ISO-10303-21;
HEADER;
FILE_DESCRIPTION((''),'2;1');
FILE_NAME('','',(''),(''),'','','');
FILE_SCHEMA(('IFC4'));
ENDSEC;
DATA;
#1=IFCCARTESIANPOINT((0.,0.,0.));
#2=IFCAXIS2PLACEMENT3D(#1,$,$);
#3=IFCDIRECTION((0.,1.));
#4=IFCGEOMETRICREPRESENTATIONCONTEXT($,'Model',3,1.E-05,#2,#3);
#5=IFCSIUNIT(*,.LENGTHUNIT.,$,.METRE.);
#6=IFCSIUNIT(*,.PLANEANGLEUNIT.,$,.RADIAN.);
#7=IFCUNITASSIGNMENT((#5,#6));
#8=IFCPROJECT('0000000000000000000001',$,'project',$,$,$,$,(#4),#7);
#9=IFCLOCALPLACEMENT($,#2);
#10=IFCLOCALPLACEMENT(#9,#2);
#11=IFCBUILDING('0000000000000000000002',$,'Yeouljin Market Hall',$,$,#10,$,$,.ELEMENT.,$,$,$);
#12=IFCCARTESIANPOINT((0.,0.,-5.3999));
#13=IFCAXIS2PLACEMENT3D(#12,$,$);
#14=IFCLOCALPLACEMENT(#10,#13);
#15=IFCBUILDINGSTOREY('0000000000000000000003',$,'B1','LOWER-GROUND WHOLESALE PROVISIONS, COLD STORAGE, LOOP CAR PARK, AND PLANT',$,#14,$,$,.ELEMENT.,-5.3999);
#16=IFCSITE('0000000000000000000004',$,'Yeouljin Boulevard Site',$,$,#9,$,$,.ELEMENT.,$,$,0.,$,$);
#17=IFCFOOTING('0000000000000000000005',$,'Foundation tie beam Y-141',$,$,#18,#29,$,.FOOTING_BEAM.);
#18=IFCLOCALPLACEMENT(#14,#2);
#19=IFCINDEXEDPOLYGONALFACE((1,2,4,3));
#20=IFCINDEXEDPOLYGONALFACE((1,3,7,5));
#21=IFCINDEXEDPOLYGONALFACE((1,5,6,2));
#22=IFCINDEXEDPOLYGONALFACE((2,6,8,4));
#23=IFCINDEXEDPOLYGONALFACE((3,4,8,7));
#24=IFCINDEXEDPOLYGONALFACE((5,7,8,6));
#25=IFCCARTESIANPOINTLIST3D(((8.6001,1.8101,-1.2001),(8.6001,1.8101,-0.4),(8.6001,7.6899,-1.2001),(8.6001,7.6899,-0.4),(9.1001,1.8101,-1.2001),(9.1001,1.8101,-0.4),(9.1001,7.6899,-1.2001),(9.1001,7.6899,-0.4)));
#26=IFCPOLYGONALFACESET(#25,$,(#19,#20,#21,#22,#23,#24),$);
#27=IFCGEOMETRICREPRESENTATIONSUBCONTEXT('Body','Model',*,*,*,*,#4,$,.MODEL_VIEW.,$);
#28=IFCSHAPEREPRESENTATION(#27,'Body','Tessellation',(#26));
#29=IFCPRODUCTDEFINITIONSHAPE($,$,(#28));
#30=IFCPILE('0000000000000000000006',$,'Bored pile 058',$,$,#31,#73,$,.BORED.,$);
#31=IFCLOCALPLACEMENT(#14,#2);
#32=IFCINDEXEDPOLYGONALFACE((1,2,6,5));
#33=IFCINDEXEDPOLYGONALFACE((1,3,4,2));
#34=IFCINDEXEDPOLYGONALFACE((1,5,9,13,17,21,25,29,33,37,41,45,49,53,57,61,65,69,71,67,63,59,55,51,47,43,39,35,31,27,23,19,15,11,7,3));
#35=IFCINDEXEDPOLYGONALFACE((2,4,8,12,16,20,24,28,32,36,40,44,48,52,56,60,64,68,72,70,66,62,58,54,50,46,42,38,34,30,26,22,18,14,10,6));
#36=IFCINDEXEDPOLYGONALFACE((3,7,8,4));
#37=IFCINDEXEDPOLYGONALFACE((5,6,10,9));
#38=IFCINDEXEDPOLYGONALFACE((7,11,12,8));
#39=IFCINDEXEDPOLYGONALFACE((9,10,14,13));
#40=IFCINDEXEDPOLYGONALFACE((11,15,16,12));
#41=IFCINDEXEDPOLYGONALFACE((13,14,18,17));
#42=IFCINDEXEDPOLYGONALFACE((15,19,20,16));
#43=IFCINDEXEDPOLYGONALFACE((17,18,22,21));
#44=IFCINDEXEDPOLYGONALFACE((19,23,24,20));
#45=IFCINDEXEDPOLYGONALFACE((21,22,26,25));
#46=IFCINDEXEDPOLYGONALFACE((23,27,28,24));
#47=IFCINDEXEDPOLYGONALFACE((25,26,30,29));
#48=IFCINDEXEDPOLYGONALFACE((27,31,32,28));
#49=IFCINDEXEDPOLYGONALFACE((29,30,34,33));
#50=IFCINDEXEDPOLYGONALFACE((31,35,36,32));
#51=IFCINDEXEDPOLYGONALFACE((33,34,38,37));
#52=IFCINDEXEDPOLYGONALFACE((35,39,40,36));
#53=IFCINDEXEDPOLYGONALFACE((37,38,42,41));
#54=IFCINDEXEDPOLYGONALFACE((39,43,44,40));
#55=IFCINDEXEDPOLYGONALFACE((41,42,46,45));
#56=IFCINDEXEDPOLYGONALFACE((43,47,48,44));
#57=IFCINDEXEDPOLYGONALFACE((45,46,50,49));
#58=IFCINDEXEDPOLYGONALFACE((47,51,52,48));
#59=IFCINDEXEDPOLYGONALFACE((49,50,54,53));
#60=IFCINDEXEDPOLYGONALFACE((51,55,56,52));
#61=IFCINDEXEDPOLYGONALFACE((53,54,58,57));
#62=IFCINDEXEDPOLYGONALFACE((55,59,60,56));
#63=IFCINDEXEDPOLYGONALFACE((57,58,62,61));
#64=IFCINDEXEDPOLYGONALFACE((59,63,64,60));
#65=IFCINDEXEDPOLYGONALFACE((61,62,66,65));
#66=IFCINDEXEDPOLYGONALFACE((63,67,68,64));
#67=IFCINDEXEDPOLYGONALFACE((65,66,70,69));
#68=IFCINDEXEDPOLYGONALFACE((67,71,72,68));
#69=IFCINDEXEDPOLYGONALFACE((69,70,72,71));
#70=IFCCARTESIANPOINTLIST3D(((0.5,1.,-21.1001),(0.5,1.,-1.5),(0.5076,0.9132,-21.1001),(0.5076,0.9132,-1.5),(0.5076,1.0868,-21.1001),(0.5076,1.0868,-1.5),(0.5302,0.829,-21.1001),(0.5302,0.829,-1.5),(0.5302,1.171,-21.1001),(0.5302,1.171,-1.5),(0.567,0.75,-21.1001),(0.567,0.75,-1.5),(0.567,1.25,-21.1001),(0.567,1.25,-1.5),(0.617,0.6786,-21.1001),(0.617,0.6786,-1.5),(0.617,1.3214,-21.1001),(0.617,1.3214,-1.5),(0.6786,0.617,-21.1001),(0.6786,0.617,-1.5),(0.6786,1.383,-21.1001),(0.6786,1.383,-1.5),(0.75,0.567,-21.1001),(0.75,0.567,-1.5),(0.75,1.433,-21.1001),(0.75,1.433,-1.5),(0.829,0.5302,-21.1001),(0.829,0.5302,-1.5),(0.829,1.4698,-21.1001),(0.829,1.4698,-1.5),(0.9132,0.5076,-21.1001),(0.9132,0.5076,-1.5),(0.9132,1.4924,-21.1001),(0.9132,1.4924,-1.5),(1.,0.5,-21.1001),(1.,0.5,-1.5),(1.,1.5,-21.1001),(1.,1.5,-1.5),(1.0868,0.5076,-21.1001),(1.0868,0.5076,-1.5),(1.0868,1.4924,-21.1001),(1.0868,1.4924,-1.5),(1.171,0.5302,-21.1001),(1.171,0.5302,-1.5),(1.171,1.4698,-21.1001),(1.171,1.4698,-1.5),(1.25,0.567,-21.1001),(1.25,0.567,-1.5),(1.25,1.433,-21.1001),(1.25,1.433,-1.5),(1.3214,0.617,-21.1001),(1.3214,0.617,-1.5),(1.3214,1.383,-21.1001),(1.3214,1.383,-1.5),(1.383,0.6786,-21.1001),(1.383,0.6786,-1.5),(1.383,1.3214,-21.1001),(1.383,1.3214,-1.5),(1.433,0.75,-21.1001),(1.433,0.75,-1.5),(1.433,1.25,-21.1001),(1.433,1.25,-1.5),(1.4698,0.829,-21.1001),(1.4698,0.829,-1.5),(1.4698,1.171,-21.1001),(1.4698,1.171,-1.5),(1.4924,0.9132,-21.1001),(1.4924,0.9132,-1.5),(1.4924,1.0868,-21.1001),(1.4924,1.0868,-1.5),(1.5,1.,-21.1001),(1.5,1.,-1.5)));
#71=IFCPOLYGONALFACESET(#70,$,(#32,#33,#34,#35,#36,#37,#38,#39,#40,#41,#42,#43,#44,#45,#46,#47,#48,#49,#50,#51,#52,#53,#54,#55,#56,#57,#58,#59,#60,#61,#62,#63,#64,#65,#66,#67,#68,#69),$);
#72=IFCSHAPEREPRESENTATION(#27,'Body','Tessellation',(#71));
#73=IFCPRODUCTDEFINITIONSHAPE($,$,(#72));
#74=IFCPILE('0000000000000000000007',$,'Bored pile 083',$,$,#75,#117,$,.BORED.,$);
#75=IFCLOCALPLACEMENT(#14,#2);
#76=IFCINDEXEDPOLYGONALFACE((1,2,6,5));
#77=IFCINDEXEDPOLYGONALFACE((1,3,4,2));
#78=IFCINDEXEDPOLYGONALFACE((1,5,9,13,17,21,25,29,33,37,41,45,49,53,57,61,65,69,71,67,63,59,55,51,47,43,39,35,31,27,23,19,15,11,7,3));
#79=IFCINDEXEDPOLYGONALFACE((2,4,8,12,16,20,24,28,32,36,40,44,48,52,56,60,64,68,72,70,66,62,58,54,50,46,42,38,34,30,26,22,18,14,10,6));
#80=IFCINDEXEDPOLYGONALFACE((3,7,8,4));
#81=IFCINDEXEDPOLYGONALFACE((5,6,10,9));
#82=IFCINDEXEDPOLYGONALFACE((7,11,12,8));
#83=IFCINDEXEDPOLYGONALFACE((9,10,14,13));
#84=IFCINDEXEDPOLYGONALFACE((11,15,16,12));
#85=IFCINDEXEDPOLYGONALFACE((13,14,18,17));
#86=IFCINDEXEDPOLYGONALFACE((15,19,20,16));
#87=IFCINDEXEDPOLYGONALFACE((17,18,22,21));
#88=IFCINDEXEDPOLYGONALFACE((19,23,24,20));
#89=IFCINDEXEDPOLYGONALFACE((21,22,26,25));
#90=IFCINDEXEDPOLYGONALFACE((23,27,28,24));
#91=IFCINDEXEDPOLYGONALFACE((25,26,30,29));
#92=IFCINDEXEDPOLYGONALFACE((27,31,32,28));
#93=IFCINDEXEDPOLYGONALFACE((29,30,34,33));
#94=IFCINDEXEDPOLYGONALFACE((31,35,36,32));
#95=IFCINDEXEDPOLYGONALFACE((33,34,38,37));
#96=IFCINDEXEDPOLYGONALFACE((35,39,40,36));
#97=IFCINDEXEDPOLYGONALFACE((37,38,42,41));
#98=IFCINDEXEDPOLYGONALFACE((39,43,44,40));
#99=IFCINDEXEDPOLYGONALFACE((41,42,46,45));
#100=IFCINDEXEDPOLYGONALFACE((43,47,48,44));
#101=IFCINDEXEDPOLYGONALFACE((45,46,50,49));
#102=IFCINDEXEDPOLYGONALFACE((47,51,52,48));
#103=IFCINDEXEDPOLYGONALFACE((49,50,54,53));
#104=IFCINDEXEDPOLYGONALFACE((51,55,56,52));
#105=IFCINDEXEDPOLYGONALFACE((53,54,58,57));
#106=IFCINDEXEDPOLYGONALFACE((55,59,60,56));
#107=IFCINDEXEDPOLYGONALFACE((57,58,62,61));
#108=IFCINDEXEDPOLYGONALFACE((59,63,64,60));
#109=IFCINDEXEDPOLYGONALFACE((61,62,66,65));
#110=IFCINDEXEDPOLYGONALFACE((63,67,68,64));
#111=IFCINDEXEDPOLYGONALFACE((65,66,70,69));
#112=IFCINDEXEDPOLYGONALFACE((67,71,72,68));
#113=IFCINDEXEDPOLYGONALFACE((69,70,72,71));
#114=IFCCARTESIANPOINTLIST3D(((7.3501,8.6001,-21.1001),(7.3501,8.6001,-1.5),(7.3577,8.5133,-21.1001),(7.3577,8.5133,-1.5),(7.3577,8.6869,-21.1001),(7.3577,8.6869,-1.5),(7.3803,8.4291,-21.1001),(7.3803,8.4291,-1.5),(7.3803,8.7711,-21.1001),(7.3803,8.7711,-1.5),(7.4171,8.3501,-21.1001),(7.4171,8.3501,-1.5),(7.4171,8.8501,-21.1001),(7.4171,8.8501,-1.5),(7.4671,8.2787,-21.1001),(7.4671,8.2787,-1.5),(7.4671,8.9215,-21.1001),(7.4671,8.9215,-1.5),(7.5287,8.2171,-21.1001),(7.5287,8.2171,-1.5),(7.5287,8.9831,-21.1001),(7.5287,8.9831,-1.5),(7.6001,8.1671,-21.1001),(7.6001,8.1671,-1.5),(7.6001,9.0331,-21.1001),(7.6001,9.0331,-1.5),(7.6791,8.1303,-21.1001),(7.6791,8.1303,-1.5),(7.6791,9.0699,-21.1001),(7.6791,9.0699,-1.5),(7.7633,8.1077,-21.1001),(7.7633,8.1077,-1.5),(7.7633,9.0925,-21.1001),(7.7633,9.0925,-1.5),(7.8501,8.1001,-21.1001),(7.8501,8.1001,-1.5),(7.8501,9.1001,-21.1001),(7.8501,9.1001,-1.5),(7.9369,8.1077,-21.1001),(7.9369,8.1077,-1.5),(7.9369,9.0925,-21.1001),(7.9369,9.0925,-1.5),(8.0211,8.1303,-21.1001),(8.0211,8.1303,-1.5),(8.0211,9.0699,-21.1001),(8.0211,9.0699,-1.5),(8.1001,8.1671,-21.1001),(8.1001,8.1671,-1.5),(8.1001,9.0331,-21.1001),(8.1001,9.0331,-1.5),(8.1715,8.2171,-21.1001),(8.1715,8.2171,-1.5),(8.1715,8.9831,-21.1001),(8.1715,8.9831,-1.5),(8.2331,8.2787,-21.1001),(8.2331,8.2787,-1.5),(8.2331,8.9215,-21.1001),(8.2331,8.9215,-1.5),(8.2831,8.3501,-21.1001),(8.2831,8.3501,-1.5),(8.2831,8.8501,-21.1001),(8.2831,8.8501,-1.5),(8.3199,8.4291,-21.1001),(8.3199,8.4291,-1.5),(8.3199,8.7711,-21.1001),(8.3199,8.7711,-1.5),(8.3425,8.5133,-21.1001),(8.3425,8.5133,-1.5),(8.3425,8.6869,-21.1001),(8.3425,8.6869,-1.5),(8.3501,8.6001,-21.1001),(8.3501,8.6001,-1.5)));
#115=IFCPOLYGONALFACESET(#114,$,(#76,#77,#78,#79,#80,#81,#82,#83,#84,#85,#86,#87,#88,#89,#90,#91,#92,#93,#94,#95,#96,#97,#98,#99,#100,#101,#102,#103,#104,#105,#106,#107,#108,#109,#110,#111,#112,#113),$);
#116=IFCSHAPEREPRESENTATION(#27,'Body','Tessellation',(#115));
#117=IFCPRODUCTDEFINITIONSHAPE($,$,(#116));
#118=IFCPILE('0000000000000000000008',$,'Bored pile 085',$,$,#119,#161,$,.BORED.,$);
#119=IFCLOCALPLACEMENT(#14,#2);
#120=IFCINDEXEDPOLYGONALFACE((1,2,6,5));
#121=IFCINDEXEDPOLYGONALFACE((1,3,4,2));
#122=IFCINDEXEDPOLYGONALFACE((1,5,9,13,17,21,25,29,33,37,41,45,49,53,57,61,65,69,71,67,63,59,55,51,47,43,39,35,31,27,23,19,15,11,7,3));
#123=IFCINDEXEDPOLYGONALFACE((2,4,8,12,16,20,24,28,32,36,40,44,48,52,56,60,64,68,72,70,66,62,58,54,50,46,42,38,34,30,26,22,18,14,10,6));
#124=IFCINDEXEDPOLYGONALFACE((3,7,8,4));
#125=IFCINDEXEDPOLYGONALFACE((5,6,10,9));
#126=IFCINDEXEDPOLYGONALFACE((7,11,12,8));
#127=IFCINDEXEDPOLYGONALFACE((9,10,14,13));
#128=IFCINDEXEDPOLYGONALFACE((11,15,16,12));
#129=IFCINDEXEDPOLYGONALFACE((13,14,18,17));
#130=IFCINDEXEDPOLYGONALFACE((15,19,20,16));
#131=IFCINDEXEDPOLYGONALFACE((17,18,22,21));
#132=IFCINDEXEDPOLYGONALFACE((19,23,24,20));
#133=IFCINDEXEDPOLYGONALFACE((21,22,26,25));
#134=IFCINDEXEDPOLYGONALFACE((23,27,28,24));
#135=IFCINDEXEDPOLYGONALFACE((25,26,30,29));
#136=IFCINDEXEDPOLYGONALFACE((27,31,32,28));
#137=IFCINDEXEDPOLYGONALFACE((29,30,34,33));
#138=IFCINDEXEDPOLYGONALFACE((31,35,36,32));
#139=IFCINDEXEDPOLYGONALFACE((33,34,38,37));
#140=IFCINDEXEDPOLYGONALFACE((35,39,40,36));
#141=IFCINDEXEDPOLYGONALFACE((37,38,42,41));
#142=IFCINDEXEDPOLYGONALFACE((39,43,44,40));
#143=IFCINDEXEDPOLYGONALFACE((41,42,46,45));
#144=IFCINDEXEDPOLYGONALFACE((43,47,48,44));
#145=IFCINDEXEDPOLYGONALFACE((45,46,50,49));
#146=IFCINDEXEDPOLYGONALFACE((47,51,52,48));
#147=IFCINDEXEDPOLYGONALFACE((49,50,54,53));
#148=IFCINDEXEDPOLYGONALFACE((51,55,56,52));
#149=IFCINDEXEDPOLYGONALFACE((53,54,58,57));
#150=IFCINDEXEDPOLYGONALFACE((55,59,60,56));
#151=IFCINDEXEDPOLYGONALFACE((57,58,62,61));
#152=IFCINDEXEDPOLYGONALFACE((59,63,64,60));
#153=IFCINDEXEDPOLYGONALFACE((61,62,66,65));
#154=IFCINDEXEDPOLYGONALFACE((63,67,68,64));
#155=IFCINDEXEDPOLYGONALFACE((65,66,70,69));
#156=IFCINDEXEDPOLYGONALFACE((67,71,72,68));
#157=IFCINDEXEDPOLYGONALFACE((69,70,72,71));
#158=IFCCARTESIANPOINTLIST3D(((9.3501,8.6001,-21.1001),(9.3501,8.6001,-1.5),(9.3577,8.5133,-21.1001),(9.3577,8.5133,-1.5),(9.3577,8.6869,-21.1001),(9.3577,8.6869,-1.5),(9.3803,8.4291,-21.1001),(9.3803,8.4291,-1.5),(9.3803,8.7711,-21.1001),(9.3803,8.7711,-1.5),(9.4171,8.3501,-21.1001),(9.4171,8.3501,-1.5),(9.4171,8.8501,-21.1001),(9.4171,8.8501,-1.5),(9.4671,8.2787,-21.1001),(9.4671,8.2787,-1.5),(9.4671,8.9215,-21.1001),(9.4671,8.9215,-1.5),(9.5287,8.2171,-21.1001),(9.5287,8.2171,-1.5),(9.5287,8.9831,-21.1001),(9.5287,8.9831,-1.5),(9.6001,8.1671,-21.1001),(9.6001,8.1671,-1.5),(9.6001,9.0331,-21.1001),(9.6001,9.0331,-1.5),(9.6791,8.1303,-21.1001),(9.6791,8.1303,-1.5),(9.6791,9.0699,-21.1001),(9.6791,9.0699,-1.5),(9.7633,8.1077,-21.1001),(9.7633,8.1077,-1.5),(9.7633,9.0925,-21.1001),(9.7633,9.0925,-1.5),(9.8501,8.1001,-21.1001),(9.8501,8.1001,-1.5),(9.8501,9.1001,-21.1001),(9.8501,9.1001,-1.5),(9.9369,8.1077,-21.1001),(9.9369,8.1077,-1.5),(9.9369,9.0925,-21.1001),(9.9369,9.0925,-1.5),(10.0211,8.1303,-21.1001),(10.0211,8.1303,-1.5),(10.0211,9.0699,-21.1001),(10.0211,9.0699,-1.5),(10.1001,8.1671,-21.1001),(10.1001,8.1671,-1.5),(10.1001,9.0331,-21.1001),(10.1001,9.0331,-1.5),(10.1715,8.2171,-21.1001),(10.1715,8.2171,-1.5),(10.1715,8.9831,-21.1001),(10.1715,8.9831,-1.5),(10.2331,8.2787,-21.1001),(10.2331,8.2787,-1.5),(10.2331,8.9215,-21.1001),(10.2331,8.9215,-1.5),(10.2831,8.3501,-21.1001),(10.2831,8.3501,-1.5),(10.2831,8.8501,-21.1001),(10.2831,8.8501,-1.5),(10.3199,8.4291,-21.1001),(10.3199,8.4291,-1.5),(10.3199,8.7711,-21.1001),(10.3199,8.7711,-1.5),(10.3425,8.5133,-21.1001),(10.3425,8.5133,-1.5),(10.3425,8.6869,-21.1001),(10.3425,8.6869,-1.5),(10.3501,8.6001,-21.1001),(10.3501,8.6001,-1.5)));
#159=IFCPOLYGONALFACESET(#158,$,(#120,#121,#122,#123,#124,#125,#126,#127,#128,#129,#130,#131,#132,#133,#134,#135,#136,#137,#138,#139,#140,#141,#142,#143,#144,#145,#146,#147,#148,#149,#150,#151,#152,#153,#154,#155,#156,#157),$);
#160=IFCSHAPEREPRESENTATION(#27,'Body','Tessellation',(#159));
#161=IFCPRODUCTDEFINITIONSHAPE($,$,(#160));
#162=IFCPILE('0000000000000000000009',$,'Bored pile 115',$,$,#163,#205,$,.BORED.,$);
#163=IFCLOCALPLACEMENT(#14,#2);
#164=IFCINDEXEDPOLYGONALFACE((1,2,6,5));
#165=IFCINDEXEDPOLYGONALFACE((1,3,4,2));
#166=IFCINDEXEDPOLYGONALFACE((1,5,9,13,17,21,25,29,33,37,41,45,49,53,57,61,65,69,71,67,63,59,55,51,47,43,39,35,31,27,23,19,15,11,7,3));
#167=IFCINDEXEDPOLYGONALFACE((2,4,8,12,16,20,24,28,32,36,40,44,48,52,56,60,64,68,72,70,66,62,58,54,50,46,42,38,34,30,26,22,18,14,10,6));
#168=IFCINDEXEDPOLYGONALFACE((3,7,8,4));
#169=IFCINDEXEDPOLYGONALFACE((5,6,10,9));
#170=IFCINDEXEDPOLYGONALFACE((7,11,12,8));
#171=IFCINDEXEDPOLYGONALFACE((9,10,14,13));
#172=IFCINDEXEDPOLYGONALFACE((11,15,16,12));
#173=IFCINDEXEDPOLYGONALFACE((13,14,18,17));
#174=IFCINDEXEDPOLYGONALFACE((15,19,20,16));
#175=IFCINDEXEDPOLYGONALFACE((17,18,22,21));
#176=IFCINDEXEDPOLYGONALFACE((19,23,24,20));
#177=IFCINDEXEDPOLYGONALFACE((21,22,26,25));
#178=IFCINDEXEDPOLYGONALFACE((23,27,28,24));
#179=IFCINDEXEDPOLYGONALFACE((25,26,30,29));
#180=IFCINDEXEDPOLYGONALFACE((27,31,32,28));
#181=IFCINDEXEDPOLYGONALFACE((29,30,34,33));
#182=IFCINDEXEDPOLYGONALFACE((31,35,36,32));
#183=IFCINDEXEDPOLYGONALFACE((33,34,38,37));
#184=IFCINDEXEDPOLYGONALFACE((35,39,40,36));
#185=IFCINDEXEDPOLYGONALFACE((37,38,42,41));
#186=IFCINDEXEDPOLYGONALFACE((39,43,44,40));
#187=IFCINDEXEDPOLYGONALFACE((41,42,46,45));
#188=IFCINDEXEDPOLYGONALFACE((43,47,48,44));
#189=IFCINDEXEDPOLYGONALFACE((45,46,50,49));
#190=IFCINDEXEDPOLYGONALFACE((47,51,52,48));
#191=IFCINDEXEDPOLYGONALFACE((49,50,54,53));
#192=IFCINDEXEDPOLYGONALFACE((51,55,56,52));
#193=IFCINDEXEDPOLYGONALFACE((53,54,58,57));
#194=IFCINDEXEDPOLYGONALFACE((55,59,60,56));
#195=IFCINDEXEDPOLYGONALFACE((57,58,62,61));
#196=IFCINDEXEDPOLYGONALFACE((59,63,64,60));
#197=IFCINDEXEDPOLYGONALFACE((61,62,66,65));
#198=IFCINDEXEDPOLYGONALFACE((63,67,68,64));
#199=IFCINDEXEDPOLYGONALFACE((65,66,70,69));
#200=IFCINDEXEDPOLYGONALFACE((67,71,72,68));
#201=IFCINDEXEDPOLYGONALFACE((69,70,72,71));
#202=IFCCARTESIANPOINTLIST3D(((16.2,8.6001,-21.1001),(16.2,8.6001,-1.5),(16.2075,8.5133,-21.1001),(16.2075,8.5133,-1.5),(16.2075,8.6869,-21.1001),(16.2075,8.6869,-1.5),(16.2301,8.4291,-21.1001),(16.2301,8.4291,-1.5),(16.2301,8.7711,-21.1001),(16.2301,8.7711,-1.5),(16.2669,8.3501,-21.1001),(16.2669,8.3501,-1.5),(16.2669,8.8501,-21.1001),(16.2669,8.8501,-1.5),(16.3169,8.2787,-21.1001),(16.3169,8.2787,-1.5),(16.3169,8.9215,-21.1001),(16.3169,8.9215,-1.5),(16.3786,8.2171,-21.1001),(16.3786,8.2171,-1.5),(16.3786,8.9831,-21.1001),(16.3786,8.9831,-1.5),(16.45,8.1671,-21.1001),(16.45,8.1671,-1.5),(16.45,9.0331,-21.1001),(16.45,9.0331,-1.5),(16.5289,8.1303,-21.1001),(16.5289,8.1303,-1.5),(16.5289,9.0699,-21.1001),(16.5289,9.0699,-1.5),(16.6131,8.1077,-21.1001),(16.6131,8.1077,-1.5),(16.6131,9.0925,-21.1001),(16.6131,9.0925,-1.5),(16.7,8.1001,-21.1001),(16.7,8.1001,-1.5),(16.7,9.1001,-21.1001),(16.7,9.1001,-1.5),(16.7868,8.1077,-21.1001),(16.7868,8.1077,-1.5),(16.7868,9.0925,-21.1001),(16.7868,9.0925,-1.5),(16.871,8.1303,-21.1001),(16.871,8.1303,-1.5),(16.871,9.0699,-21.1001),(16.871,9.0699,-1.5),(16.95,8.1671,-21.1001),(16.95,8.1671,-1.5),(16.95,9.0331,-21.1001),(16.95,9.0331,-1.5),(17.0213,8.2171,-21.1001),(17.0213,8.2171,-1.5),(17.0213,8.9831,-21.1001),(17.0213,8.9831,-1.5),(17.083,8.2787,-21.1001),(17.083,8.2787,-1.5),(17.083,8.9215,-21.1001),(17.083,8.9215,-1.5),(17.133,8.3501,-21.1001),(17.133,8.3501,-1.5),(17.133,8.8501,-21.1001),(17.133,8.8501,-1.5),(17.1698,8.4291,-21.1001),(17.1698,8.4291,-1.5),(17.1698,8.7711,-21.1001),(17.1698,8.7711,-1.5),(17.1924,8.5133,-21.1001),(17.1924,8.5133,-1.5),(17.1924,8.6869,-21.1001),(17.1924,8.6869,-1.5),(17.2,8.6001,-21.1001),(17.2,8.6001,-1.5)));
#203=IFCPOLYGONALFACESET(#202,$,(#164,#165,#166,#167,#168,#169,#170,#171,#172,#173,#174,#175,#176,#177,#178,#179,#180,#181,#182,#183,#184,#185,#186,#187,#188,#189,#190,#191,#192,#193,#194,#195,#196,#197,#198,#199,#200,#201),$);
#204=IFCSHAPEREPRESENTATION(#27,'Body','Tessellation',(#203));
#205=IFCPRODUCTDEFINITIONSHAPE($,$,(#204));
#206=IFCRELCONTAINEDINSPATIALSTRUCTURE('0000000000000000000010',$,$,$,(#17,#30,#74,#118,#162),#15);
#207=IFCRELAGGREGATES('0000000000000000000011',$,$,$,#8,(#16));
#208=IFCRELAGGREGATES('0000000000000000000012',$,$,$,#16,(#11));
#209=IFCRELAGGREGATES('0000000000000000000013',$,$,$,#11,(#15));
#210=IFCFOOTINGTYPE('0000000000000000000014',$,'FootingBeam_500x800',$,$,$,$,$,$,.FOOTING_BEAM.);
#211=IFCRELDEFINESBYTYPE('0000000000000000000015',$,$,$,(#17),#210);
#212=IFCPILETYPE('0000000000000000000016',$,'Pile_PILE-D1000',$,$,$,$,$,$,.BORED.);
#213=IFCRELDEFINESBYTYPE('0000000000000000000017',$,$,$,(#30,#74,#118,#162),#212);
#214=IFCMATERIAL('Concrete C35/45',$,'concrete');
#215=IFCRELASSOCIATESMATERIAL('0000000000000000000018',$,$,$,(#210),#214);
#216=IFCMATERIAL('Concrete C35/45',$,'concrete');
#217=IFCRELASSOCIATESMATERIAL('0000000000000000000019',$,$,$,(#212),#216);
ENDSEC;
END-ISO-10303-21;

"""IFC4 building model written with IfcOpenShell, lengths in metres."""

from ifc_helpers import new_model, si_unit, direction, frame, origin, origin_2d, place, context, subcontext, project, spatial, rectangle, circle, extrude, material, material_profile, profile_set, type_object, element, save


model = new_model("IFC4")

# Units and contexts
model_context = context("Model", 3, precision=1e-05, world=origin(), true_north=direction((0.0, 1.0)))
body_context = subcontext(model_context, "Body", "Model", "MODEL_VIEW")
ifc_project = project(units=[si_unit("LENGTHUNIT", "METRE"), si_unit("PLANEANGLEUNIT", "RADIAN")], contexts=[model_context])

# Site, building, storey
site_placement = place(None, origin())
site = spatial("IfcSite", under=ifc_project, at=site_placement, Name="Yeouljin Boulevard Site", CompositionType="ELEMENT", RefElevation=0.0)
building_placement = place(site_placement, origin())
building = spatial("IfcBuilding", under=site, at=building_placement, Name="Yeouljin Market Hall", CompositionType="ELEMENT")
storey_placement = place(building_placement, frame((0.0, 0.0, -5.3999)))
storey = spatial("IfcBuildingStorey", under=building, at=storey_placement, Name="B1", Description="LOWER-GROUND WHOLESALE PROVISIONS, COLD STORAGE, LOOP CAR PARK, AND PLANT", CompositionType="ELEMENT", Elevation=-5.3999)

# Footing
ifc_material_1 = material(Name="Concrete C35/45", Category="concrete")
ifc_material_profile_1 = material_profile(ifc_material_1, rectangle(XDim=0.5, YDim=0.8, at=origin_2d()), Name="RC-500x800")
ifc_profile_set_1 = profile_set([ifc_material_profile_1], Name="Concrete C35/45")
footing_type_1 = type_object("IfcFootingType", Name="FootingBeam_500x800", PredefinedType="FOOTING_BEAM", material=ifc_profile_set_1)
footing_1_placement = place(storey_placement, frame((8.8501, 1.8101, -0.8), z_axis=(0.0, 1.0, 0.0), x_axis=(-1.0, 0.0, 0.0)))
element("IfcFooting", 1, at=footing_1_placement, inside=storey, type_object=footing_type_1, Name="Foundation tie beam Y-141", PredefinedType="FOOTING_BEAM", context=body_context, shape_type="SweptSolid", body=[
    extrude(rectangle(XDim=0.5, YDim=0.8, at=origin_2d()), origin(), (0.0, 0.0, 1.0), 5.8799),
])

# Piles
ifc_material_2 = material(Name="Concrete C35/45", Category="concrete")
ifc_material_profile_2 = material_profile(ifc_material_2, circle(Radius=0.5, at=origin_2d()), Name="PILE-D1000")
ifc_profile_set_2 = profile_set([ifc_material_profile_2], Name="Concrete C35/45")
pile_type_1 = type_object("IfcPileType", Name="Pile_PILE-D1000", PredefinedType="BORED", material=ifc_profile_set_2)
for number, where, z_axis, x_axis, name in (
    (2, (1.0, 1.0, -1.5), (0.0, 0.0, -1.0), (1.0, 0.0, 0.0), "Bored pile 058"),
    (3, (7.8501, 8.6001, -1.5), (0.0, 0.0, -1.0), (1.0, 0.0, 0.0), "Bored pile 083"),
    (4, (9.8501, 8.6001, -1.5), (0.0, 0.0, -1.0), (1.0, 0.0, 0.0), "Bored pile 085"),
    (5, (16.7, 8.6001, -1.5), (0.0, 0.0, -1.0), (1.0, 0.0, 0.0), "Bored pile 115"),
):
    element("IfcPile", number, at=place(storey_placement, frame(where, z_axis=z_axis, x_axis=x_axis)), inside=storey, type_object=pile_type_1, Name=name, PredefinedType="BORED", context=body_context, shape_type="SweptSolid", body=[
        extrude(circle(Radius=0.5, at=origin_2d()), origin(), (0.0, 0.0, 1.0), 19.6001),
    ])

save(model, "model.ifc")
